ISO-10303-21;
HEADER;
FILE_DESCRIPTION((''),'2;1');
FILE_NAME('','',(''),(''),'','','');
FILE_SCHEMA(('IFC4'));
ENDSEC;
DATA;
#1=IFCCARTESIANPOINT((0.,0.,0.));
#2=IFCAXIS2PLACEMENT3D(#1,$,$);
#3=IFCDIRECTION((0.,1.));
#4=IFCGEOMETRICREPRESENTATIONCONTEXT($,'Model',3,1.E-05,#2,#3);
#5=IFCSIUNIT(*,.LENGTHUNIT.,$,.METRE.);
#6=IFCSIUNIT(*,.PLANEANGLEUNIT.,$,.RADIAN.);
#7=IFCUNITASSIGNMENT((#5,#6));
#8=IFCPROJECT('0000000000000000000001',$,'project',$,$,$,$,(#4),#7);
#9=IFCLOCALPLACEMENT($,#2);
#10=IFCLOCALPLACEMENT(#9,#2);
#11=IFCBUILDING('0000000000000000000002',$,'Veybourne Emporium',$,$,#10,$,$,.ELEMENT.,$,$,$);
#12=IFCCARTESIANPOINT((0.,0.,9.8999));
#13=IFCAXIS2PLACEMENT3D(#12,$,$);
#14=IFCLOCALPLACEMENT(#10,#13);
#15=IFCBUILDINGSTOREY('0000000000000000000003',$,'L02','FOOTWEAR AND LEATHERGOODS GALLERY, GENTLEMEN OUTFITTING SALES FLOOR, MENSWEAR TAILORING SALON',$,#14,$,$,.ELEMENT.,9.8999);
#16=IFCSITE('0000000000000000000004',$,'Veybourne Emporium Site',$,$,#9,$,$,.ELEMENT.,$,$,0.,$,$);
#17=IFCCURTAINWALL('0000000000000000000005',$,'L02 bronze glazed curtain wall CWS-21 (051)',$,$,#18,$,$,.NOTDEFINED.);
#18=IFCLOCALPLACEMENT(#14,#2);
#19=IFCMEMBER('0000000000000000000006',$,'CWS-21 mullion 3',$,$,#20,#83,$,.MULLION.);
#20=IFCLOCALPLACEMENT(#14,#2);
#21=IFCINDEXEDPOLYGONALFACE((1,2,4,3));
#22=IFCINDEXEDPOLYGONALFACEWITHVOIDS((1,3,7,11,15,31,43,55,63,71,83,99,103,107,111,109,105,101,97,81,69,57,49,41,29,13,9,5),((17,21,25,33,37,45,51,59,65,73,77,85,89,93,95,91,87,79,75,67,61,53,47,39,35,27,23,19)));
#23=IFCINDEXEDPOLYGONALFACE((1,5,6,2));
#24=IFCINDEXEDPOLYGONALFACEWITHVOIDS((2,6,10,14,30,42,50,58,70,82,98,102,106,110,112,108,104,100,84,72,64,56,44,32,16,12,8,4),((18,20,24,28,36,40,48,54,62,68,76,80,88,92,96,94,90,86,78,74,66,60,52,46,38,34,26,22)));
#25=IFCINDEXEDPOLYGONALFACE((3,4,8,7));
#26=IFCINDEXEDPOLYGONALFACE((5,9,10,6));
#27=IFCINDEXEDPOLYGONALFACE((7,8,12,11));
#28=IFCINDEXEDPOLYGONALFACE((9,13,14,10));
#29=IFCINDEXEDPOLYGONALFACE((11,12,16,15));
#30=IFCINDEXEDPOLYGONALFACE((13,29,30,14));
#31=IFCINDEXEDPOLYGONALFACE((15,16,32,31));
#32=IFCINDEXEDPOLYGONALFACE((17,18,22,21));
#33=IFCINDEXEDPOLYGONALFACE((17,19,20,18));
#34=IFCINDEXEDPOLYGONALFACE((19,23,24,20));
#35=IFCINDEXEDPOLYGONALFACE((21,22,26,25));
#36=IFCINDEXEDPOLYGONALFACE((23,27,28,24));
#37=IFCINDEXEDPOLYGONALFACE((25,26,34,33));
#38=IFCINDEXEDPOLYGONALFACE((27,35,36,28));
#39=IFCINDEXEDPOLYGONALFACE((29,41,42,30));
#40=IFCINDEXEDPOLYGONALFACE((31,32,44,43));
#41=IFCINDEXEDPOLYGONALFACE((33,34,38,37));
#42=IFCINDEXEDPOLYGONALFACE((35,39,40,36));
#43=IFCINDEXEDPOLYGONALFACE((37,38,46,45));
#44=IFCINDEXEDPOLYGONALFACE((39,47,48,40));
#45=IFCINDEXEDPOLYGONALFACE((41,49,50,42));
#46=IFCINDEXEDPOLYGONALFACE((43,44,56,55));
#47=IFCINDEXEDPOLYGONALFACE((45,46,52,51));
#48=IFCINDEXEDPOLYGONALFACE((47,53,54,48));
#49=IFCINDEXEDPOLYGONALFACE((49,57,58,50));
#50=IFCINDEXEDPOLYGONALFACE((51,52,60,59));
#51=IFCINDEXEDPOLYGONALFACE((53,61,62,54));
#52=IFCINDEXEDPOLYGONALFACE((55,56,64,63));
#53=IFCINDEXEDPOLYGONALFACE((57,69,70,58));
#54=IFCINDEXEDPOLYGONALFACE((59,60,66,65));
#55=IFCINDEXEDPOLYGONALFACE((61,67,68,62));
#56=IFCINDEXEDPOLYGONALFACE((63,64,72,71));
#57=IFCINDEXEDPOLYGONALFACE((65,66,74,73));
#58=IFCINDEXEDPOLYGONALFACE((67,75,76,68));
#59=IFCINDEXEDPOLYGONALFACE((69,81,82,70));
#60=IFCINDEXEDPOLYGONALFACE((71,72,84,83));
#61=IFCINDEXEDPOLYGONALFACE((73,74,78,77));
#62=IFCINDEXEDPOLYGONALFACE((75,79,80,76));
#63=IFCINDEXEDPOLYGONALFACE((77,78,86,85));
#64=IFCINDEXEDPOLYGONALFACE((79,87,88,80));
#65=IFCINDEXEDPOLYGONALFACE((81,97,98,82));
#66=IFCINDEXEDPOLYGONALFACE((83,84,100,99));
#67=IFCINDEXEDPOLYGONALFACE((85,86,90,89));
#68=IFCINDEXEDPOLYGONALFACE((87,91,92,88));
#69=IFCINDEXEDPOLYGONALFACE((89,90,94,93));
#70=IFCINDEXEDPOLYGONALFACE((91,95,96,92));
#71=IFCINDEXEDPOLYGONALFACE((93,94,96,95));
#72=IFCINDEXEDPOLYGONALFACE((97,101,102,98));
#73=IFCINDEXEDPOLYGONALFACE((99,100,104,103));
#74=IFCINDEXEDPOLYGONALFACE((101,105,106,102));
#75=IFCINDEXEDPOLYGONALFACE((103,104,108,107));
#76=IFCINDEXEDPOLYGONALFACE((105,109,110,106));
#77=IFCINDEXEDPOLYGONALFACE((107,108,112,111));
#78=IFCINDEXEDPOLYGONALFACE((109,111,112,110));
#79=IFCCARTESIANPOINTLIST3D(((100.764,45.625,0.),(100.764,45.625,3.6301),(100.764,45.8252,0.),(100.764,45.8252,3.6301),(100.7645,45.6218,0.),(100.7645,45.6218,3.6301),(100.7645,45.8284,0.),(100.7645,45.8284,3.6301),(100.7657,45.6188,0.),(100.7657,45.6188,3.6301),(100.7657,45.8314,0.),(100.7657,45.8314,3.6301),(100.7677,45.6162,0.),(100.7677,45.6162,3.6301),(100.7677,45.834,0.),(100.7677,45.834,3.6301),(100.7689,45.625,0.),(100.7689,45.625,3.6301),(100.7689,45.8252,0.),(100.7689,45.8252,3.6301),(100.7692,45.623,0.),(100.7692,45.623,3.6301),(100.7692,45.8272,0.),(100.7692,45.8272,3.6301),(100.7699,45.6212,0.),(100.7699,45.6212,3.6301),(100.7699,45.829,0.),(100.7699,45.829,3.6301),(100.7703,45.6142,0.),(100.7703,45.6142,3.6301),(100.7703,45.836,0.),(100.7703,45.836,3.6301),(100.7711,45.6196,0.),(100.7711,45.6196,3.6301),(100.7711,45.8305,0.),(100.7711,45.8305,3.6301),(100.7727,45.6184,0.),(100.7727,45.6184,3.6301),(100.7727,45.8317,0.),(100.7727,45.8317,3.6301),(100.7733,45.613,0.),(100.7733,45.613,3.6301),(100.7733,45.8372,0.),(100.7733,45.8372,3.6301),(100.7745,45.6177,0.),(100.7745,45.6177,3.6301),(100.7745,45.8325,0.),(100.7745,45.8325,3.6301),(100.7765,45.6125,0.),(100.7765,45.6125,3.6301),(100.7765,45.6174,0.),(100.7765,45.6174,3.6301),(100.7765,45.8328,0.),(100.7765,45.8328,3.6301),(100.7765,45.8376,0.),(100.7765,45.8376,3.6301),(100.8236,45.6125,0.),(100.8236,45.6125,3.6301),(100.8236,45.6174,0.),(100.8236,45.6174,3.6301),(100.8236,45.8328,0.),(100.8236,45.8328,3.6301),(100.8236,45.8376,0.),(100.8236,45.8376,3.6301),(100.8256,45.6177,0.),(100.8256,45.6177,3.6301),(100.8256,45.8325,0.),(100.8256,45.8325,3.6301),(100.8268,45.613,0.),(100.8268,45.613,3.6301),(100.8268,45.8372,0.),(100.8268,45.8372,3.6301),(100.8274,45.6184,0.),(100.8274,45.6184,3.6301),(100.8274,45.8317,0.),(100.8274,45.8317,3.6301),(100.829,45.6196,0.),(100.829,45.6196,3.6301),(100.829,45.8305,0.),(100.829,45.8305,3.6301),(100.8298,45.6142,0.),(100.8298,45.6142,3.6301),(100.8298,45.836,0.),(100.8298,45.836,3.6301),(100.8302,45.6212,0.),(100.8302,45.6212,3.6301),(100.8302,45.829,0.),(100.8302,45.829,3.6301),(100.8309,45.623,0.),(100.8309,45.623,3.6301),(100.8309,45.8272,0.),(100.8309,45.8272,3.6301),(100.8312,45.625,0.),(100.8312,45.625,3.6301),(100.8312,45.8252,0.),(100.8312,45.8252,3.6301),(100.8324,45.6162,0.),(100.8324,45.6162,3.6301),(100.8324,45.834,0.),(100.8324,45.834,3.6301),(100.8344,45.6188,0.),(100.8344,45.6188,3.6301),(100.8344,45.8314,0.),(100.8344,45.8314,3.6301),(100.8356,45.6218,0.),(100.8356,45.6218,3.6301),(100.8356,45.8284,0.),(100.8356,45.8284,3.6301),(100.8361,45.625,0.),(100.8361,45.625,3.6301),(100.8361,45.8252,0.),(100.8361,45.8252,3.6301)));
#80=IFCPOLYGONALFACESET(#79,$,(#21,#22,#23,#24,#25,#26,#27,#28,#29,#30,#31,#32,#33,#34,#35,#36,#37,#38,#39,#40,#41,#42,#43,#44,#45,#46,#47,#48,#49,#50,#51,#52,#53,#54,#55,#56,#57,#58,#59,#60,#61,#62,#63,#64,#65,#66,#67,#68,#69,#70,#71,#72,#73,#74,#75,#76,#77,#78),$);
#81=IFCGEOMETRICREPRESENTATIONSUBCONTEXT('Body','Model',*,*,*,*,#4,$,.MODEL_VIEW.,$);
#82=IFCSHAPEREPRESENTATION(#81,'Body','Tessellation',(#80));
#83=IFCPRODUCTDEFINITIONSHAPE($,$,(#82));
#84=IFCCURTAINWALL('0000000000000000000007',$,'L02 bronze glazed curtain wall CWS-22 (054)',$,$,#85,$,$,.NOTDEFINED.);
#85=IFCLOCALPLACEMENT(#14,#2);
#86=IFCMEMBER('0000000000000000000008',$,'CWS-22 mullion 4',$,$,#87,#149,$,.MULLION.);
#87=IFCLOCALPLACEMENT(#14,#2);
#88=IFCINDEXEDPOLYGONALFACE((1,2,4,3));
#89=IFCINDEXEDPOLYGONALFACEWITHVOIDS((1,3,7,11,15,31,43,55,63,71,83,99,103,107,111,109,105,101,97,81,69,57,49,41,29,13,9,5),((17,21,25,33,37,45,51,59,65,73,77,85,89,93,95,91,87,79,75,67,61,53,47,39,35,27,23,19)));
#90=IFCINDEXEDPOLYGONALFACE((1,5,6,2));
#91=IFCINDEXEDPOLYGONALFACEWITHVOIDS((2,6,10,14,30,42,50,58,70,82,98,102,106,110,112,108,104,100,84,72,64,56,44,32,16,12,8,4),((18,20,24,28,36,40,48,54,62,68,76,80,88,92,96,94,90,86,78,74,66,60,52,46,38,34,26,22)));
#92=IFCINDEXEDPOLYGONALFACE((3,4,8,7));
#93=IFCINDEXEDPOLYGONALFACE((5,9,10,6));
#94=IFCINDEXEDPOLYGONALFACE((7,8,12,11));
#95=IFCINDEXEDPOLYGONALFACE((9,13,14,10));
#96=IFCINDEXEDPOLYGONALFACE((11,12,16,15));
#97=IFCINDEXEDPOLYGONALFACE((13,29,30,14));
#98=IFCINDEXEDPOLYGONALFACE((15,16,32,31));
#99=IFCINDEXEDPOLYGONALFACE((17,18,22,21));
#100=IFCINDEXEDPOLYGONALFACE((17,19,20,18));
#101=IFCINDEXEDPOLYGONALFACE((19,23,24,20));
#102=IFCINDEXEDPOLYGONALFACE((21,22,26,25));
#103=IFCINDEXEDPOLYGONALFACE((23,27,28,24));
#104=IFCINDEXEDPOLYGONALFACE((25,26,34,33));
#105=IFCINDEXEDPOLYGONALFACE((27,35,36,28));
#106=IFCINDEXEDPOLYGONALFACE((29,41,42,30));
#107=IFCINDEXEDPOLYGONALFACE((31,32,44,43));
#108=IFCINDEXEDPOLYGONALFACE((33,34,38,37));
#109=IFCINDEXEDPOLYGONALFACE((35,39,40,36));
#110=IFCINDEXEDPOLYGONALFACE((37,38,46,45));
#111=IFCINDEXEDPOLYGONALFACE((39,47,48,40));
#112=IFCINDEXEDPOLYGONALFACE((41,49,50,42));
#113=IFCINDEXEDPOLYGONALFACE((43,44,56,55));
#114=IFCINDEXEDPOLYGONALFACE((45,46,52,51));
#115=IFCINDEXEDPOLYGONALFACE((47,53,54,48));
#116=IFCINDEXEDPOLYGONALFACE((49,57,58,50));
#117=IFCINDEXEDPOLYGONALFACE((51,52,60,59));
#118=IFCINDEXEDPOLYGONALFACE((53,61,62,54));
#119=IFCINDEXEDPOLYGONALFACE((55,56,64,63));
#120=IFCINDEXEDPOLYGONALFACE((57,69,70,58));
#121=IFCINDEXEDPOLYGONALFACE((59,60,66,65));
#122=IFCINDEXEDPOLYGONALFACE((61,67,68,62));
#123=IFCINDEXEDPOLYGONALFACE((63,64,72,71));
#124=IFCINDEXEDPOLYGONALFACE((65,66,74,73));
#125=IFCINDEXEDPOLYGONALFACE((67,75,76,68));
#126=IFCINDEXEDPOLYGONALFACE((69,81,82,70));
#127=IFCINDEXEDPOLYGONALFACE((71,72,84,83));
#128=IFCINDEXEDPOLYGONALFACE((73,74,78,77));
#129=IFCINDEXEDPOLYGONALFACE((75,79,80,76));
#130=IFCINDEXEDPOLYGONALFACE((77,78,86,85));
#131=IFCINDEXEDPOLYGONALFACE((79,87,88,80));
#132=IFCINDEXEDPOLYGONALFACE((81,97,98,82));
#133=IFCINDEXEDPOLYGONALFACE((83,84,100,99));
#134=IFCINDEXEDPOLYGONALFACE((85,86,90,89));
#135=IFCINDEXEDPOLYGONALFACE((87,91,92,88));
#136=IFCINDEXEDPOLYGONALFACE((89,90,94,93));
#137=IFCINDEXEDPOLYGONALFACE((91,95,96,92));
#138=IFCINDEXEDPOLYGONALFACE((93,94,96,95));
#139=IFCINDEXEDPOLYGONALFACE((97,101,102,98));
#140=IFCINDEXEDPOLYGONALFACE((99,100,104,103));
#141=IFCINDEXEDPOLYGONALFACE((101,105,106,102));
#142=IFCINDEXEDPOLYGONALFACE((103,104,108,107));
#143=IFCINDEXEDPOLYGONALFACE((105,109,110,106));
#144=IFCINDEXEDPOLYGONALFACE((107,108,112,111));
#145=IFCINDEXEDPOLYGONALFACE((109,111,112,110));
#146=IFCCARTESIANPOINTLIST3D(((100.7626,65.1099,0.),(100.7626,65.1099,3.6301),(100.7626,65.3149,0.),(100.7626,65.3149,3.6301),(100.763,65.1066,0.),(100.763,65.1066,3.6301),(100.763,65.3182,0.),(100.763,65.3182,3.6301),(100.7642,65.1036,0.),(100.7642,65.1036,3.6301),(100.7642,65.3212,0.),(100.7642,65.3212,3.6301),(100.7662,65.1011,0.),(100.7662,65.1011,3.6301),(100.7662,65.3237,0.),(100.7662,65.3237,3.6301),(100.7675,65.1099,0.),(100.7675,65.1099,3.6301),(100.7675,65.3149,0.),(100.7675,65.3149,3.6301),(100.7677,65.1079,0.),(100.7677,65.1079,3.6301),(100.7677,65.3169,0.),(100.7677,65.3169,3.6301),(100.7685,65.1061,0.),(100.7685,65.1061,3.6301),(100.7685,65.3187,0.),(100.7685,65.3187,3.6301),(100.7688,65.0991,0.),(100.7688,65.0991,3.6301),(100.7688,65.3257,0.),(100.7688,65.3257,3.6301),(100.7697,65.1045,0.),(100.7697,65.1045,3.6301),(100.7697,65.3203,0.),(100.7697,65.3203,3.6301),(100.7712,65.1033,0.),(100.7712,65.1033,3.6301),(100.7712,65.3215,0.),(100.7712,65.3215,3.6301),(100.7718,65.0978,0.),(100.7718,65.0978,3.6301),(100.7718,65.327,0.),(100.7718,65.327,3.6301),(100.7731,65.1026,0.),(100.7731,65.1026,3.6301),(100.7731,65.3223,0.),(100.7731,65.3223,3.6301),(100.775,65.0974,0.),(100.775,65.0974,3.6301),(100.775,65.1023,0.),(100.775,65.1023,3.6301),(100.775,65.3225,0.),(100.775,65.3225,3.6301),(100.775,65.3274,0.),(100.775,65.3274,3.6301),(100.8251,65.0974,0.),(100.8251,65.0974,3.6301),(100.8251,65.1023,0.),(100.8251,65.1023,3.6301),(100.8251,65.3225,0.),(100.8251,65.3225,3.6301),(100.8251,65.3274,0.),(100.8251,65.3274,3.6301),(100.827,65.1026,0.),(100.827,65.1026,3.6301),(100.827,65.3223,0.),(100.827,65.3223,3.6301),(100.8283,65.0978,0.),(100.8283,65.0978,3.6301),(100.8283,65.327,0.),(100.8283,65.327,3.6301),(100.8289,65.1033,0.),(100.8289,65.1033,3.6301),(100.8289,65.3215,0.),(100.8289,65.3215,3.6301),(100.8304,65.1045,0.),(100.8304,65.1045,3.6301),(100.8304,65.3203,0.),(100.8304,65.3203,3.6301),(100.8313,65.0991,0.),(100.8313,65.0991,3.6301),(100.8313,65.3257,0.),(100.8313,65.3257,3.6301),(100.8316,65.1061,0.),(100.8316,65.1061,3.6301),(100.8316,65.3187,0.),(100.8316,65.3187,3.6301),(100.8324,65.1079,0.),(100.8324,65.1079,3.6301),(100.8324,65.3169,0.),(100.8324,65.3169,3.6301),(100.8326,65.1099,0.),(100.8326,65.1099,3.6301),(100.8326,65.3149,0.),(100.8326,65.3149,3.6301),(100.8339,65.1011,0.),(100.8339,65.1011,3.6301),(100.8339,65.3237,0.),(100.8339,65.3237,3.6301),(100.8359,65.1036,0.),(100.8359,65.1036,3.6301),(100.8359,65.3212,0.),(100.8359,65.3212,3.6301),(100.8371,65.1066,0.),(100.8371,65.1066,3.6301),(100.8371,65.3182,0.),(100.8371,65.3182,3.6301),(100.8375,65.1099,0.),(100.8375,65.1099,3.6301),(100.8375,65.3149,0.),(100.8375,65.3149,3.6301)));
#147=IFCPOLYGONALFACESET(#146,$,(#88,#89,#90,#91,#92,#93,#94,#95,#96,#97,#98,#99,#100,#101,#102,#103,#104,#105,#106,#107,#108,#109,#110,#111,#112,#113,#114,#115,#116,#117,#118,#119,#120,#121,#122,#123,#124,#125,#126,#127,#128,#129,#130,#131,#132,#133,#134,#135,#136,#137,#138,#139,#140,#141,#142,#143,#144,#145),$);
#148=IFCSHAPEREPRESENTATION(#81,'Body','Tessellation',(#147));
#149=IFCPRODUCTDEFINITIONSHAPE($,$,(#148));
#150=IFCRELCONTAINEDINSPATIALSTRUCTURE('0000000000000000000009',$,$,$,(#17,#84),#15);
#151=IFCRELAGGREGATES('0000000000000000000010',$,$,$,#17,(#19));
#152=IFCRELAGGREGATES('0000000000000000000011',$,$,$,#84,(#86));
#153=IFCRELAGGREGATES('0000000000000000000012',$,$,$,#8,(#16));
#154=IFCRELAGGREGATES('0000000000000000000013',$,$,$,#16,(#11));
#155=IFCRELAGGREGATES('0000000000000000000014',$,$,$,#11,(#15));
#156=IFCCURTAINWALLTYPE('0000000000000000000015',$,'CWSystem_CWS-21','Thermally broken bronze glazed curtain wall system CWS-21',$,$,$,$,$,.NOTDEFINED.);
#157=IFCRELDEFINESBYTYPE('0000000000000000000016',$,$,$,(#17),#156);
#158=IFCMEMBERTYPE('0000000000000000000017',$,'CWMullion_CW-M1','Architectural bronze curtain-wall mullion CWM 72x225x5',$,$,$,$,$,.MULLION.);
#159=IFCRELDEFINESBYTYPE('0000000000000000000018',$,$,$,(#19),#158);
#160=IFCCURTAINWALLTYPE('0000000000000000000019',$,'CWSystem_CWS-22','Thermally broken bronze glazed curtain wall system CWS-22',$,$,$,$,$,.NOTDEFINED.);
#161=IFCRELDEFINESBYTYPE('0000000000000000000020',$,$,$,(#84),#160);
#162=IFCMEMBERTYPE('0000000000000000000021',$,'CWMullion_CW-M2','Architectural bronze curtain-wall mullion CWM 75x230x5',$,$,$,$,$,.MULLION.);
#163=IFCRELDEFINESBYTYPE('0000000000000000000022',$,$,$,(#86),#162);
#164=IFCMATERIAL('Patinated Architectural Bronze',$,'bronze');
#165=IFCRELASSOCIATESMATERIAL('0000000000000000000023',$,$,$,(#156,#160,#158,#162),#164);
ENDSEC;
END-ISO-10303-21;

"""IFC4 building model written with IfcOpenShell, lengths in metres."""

from ifc_helpers import new_model, si_unit, direction, frame, origin, origin_2d, place, context, subcontext, project, spatial, hollow_rectangle, extrude, material, material_profile, profile_set, type_object, element, aggregate, save


model = new_model("IFC4")

# Units and contexts
model_context = context("Model", 3, precision=1e-05, world=origin(), true_north=direction((0.0, 1.0)))
body_context = subcontext(model_context, "Body", "Model", "MODEL_VIEW")
ifc_project = project(units=[si_unit("LENGTHUNIT", "METRE"), si_unit("PLANEANGLEUNIT", "RADIAN")], contexts=[model_context])

# Site, building, storey
site_placement = place(None, origin())
site = spatial("IfcSite", under=ifc_project, at=site_placement, Name="Veybourne Emporium Site", CompositionType="ELEMENT", RefElevation=0.0)
building_placement = place(site_placement, origin())
building = spatial("IfcBuilding", under=site, at=building_placement, Name="Veybourne Emporium", CompositionType="ELEMENT")
storey_placement = place(building_placement, frame((0.0, 0.0, 9.8999)))
storey = spatial("IfcBuildingStorey", under=building, at=storey_placement, Name="L02", Description="FOOTWEAR AND LEATHERGOODS GALLERY, GENTLEMEN OUTFITTING SALES FLOOR, MENSWEAR TAILORING SALON", CompositionType="ELEMENT", Elevation=9.8999)

# Curtain wall, member
ifc_material_1 = material(Name="Patinated Architectural Bronze", Category="bronze")
curtain_wall_type_1 = type_object("IfcCurtainWallType", Name="CWSystem_CWS-21", Description="Thermally broken bronze glazed curtain wall system CWS-21", PredefinedType="NOTDEFINED", material=ifc_material_1)
curtain_wall_1_placement = place(storey_placement, origin())
curtain_wall_1 = element("IfcCurtainWall", 1, at=curtain_wall_1_placement, inside=storey, type_object=curtain_wall_type_1, Name="L02 bronze glazed curtain wall CWS-21 (051)", PredefinedType="NOTDEFINED")
ifc_material_profile_1 = material_profile(ifc_material_1, hollow_rectangle(XDim=0.072, YDim=0.2251, WallThickness=0.0049, InnerFilletRadius=0.0076, OuterFilletRadius=0.0125, at=origin_2d()), Name="CWM 72x225x5")
ifc_profile_set_1 = profile_set([ifc_material_profile_1], Name="Patinated Architectural Bronze")
member_type_1 = type_object("IfcMemberType", Name="CWMullion_CW-M1", Description="Architectural bronze curtain-wall mullion CWM 72x225x5", PredefinedType="MULLION", material=ifc_profile_set_1)
member_1_placement = place(storey_placement, frame((100.8, 45.7251, 0.0), z_axis=(0.0, 0.0, 1.0), x_axis=(1.0, 0.0, 0.0)))
member_1 = element("IfcMember", 2, at=member_1_placement, type_object=member_type_1, Name="CWS-21 mullion 3", PredefinedType="MULLION", context=body_context, shape_type="SweptSolid", body=[
    extrude(hollow_rectangle(XDim=0.072, YDim=0.2251, WallThickness=0.0049, InnerFilletRadius=0.0076, OuterFilletRadius=0.0125, at=origin_2d()), origin(), (0.0, 0.0, 1.0), 3.6301),
])

# Curtain wall, member
curtain_wall_type_2 = type_object("IfcCurtainWallType", Name="CWSystem_CWS-22", Description="Thermally broken bronze glazed curtain wall system CWS-22", PredefinedType="NOTDEFINED", material=ifc_material_1)
curtain_wall_2_placement = place(storey_placement, origin())
curtain_wall_2 = element("IfcCurtainWall", 3, at=curtain_wall_2_placement, inside=storey, type_object=curtain_wall_type_2, Name="L02 bronze glazed curtain wall CWS-22 (054)", PredefinedType="NOTDEFINED")
ifc_material_profile_2 = material_profile(ifc_material_1, hollow_rectangle(XDim=0.075, YDim=0.23, WallThickness=0.0049, InnerFilletRadius=0.0076, OuterFilletRadius=0.0125, at=origin_2d()), Name="CWM 75x230x5")
ifc_profile_set_2 = profile_set([ifc_material_profile_2], Name="Patinated Architectural Bronze")
member_type_2 = type_object("IfcMemberType", Name="CWMullion_CW-M2", Description="Architectural bronze curtain-wall mullion CWM 75x230x5", PredefinedType="MULLION", material=ifc_profile_set_2)
member_2_placement = place(storey_placement, frame((100.8, 65.2124, 0.0), z_axis=(0.0, 0.0, 1.0), x_axis=(1.0, 0.0, 0.0)))
member_2 = element("IfcMember", 4, at=member_2_placement, type_object=member_type_2, Name="CWS-22 mullion 4", PredefinedType="MULLION", context=body_context, shape_type="SweptSolid", body=[
    extrude(hollow_rectangle(XDim=0.075, YDim=0.23, WallThickness=0.0049, InnerFilletRadius=0.0076, OuterFilletRadius=0.0125, at=origin_2d()), origin(), (0.0, 0.0, 1.0), 3.6301),
])

aggregate(curtain_wall_1, [member_1])
aggregate(curtain_wall_2, [member_2])

save(model, "model.ifc")
